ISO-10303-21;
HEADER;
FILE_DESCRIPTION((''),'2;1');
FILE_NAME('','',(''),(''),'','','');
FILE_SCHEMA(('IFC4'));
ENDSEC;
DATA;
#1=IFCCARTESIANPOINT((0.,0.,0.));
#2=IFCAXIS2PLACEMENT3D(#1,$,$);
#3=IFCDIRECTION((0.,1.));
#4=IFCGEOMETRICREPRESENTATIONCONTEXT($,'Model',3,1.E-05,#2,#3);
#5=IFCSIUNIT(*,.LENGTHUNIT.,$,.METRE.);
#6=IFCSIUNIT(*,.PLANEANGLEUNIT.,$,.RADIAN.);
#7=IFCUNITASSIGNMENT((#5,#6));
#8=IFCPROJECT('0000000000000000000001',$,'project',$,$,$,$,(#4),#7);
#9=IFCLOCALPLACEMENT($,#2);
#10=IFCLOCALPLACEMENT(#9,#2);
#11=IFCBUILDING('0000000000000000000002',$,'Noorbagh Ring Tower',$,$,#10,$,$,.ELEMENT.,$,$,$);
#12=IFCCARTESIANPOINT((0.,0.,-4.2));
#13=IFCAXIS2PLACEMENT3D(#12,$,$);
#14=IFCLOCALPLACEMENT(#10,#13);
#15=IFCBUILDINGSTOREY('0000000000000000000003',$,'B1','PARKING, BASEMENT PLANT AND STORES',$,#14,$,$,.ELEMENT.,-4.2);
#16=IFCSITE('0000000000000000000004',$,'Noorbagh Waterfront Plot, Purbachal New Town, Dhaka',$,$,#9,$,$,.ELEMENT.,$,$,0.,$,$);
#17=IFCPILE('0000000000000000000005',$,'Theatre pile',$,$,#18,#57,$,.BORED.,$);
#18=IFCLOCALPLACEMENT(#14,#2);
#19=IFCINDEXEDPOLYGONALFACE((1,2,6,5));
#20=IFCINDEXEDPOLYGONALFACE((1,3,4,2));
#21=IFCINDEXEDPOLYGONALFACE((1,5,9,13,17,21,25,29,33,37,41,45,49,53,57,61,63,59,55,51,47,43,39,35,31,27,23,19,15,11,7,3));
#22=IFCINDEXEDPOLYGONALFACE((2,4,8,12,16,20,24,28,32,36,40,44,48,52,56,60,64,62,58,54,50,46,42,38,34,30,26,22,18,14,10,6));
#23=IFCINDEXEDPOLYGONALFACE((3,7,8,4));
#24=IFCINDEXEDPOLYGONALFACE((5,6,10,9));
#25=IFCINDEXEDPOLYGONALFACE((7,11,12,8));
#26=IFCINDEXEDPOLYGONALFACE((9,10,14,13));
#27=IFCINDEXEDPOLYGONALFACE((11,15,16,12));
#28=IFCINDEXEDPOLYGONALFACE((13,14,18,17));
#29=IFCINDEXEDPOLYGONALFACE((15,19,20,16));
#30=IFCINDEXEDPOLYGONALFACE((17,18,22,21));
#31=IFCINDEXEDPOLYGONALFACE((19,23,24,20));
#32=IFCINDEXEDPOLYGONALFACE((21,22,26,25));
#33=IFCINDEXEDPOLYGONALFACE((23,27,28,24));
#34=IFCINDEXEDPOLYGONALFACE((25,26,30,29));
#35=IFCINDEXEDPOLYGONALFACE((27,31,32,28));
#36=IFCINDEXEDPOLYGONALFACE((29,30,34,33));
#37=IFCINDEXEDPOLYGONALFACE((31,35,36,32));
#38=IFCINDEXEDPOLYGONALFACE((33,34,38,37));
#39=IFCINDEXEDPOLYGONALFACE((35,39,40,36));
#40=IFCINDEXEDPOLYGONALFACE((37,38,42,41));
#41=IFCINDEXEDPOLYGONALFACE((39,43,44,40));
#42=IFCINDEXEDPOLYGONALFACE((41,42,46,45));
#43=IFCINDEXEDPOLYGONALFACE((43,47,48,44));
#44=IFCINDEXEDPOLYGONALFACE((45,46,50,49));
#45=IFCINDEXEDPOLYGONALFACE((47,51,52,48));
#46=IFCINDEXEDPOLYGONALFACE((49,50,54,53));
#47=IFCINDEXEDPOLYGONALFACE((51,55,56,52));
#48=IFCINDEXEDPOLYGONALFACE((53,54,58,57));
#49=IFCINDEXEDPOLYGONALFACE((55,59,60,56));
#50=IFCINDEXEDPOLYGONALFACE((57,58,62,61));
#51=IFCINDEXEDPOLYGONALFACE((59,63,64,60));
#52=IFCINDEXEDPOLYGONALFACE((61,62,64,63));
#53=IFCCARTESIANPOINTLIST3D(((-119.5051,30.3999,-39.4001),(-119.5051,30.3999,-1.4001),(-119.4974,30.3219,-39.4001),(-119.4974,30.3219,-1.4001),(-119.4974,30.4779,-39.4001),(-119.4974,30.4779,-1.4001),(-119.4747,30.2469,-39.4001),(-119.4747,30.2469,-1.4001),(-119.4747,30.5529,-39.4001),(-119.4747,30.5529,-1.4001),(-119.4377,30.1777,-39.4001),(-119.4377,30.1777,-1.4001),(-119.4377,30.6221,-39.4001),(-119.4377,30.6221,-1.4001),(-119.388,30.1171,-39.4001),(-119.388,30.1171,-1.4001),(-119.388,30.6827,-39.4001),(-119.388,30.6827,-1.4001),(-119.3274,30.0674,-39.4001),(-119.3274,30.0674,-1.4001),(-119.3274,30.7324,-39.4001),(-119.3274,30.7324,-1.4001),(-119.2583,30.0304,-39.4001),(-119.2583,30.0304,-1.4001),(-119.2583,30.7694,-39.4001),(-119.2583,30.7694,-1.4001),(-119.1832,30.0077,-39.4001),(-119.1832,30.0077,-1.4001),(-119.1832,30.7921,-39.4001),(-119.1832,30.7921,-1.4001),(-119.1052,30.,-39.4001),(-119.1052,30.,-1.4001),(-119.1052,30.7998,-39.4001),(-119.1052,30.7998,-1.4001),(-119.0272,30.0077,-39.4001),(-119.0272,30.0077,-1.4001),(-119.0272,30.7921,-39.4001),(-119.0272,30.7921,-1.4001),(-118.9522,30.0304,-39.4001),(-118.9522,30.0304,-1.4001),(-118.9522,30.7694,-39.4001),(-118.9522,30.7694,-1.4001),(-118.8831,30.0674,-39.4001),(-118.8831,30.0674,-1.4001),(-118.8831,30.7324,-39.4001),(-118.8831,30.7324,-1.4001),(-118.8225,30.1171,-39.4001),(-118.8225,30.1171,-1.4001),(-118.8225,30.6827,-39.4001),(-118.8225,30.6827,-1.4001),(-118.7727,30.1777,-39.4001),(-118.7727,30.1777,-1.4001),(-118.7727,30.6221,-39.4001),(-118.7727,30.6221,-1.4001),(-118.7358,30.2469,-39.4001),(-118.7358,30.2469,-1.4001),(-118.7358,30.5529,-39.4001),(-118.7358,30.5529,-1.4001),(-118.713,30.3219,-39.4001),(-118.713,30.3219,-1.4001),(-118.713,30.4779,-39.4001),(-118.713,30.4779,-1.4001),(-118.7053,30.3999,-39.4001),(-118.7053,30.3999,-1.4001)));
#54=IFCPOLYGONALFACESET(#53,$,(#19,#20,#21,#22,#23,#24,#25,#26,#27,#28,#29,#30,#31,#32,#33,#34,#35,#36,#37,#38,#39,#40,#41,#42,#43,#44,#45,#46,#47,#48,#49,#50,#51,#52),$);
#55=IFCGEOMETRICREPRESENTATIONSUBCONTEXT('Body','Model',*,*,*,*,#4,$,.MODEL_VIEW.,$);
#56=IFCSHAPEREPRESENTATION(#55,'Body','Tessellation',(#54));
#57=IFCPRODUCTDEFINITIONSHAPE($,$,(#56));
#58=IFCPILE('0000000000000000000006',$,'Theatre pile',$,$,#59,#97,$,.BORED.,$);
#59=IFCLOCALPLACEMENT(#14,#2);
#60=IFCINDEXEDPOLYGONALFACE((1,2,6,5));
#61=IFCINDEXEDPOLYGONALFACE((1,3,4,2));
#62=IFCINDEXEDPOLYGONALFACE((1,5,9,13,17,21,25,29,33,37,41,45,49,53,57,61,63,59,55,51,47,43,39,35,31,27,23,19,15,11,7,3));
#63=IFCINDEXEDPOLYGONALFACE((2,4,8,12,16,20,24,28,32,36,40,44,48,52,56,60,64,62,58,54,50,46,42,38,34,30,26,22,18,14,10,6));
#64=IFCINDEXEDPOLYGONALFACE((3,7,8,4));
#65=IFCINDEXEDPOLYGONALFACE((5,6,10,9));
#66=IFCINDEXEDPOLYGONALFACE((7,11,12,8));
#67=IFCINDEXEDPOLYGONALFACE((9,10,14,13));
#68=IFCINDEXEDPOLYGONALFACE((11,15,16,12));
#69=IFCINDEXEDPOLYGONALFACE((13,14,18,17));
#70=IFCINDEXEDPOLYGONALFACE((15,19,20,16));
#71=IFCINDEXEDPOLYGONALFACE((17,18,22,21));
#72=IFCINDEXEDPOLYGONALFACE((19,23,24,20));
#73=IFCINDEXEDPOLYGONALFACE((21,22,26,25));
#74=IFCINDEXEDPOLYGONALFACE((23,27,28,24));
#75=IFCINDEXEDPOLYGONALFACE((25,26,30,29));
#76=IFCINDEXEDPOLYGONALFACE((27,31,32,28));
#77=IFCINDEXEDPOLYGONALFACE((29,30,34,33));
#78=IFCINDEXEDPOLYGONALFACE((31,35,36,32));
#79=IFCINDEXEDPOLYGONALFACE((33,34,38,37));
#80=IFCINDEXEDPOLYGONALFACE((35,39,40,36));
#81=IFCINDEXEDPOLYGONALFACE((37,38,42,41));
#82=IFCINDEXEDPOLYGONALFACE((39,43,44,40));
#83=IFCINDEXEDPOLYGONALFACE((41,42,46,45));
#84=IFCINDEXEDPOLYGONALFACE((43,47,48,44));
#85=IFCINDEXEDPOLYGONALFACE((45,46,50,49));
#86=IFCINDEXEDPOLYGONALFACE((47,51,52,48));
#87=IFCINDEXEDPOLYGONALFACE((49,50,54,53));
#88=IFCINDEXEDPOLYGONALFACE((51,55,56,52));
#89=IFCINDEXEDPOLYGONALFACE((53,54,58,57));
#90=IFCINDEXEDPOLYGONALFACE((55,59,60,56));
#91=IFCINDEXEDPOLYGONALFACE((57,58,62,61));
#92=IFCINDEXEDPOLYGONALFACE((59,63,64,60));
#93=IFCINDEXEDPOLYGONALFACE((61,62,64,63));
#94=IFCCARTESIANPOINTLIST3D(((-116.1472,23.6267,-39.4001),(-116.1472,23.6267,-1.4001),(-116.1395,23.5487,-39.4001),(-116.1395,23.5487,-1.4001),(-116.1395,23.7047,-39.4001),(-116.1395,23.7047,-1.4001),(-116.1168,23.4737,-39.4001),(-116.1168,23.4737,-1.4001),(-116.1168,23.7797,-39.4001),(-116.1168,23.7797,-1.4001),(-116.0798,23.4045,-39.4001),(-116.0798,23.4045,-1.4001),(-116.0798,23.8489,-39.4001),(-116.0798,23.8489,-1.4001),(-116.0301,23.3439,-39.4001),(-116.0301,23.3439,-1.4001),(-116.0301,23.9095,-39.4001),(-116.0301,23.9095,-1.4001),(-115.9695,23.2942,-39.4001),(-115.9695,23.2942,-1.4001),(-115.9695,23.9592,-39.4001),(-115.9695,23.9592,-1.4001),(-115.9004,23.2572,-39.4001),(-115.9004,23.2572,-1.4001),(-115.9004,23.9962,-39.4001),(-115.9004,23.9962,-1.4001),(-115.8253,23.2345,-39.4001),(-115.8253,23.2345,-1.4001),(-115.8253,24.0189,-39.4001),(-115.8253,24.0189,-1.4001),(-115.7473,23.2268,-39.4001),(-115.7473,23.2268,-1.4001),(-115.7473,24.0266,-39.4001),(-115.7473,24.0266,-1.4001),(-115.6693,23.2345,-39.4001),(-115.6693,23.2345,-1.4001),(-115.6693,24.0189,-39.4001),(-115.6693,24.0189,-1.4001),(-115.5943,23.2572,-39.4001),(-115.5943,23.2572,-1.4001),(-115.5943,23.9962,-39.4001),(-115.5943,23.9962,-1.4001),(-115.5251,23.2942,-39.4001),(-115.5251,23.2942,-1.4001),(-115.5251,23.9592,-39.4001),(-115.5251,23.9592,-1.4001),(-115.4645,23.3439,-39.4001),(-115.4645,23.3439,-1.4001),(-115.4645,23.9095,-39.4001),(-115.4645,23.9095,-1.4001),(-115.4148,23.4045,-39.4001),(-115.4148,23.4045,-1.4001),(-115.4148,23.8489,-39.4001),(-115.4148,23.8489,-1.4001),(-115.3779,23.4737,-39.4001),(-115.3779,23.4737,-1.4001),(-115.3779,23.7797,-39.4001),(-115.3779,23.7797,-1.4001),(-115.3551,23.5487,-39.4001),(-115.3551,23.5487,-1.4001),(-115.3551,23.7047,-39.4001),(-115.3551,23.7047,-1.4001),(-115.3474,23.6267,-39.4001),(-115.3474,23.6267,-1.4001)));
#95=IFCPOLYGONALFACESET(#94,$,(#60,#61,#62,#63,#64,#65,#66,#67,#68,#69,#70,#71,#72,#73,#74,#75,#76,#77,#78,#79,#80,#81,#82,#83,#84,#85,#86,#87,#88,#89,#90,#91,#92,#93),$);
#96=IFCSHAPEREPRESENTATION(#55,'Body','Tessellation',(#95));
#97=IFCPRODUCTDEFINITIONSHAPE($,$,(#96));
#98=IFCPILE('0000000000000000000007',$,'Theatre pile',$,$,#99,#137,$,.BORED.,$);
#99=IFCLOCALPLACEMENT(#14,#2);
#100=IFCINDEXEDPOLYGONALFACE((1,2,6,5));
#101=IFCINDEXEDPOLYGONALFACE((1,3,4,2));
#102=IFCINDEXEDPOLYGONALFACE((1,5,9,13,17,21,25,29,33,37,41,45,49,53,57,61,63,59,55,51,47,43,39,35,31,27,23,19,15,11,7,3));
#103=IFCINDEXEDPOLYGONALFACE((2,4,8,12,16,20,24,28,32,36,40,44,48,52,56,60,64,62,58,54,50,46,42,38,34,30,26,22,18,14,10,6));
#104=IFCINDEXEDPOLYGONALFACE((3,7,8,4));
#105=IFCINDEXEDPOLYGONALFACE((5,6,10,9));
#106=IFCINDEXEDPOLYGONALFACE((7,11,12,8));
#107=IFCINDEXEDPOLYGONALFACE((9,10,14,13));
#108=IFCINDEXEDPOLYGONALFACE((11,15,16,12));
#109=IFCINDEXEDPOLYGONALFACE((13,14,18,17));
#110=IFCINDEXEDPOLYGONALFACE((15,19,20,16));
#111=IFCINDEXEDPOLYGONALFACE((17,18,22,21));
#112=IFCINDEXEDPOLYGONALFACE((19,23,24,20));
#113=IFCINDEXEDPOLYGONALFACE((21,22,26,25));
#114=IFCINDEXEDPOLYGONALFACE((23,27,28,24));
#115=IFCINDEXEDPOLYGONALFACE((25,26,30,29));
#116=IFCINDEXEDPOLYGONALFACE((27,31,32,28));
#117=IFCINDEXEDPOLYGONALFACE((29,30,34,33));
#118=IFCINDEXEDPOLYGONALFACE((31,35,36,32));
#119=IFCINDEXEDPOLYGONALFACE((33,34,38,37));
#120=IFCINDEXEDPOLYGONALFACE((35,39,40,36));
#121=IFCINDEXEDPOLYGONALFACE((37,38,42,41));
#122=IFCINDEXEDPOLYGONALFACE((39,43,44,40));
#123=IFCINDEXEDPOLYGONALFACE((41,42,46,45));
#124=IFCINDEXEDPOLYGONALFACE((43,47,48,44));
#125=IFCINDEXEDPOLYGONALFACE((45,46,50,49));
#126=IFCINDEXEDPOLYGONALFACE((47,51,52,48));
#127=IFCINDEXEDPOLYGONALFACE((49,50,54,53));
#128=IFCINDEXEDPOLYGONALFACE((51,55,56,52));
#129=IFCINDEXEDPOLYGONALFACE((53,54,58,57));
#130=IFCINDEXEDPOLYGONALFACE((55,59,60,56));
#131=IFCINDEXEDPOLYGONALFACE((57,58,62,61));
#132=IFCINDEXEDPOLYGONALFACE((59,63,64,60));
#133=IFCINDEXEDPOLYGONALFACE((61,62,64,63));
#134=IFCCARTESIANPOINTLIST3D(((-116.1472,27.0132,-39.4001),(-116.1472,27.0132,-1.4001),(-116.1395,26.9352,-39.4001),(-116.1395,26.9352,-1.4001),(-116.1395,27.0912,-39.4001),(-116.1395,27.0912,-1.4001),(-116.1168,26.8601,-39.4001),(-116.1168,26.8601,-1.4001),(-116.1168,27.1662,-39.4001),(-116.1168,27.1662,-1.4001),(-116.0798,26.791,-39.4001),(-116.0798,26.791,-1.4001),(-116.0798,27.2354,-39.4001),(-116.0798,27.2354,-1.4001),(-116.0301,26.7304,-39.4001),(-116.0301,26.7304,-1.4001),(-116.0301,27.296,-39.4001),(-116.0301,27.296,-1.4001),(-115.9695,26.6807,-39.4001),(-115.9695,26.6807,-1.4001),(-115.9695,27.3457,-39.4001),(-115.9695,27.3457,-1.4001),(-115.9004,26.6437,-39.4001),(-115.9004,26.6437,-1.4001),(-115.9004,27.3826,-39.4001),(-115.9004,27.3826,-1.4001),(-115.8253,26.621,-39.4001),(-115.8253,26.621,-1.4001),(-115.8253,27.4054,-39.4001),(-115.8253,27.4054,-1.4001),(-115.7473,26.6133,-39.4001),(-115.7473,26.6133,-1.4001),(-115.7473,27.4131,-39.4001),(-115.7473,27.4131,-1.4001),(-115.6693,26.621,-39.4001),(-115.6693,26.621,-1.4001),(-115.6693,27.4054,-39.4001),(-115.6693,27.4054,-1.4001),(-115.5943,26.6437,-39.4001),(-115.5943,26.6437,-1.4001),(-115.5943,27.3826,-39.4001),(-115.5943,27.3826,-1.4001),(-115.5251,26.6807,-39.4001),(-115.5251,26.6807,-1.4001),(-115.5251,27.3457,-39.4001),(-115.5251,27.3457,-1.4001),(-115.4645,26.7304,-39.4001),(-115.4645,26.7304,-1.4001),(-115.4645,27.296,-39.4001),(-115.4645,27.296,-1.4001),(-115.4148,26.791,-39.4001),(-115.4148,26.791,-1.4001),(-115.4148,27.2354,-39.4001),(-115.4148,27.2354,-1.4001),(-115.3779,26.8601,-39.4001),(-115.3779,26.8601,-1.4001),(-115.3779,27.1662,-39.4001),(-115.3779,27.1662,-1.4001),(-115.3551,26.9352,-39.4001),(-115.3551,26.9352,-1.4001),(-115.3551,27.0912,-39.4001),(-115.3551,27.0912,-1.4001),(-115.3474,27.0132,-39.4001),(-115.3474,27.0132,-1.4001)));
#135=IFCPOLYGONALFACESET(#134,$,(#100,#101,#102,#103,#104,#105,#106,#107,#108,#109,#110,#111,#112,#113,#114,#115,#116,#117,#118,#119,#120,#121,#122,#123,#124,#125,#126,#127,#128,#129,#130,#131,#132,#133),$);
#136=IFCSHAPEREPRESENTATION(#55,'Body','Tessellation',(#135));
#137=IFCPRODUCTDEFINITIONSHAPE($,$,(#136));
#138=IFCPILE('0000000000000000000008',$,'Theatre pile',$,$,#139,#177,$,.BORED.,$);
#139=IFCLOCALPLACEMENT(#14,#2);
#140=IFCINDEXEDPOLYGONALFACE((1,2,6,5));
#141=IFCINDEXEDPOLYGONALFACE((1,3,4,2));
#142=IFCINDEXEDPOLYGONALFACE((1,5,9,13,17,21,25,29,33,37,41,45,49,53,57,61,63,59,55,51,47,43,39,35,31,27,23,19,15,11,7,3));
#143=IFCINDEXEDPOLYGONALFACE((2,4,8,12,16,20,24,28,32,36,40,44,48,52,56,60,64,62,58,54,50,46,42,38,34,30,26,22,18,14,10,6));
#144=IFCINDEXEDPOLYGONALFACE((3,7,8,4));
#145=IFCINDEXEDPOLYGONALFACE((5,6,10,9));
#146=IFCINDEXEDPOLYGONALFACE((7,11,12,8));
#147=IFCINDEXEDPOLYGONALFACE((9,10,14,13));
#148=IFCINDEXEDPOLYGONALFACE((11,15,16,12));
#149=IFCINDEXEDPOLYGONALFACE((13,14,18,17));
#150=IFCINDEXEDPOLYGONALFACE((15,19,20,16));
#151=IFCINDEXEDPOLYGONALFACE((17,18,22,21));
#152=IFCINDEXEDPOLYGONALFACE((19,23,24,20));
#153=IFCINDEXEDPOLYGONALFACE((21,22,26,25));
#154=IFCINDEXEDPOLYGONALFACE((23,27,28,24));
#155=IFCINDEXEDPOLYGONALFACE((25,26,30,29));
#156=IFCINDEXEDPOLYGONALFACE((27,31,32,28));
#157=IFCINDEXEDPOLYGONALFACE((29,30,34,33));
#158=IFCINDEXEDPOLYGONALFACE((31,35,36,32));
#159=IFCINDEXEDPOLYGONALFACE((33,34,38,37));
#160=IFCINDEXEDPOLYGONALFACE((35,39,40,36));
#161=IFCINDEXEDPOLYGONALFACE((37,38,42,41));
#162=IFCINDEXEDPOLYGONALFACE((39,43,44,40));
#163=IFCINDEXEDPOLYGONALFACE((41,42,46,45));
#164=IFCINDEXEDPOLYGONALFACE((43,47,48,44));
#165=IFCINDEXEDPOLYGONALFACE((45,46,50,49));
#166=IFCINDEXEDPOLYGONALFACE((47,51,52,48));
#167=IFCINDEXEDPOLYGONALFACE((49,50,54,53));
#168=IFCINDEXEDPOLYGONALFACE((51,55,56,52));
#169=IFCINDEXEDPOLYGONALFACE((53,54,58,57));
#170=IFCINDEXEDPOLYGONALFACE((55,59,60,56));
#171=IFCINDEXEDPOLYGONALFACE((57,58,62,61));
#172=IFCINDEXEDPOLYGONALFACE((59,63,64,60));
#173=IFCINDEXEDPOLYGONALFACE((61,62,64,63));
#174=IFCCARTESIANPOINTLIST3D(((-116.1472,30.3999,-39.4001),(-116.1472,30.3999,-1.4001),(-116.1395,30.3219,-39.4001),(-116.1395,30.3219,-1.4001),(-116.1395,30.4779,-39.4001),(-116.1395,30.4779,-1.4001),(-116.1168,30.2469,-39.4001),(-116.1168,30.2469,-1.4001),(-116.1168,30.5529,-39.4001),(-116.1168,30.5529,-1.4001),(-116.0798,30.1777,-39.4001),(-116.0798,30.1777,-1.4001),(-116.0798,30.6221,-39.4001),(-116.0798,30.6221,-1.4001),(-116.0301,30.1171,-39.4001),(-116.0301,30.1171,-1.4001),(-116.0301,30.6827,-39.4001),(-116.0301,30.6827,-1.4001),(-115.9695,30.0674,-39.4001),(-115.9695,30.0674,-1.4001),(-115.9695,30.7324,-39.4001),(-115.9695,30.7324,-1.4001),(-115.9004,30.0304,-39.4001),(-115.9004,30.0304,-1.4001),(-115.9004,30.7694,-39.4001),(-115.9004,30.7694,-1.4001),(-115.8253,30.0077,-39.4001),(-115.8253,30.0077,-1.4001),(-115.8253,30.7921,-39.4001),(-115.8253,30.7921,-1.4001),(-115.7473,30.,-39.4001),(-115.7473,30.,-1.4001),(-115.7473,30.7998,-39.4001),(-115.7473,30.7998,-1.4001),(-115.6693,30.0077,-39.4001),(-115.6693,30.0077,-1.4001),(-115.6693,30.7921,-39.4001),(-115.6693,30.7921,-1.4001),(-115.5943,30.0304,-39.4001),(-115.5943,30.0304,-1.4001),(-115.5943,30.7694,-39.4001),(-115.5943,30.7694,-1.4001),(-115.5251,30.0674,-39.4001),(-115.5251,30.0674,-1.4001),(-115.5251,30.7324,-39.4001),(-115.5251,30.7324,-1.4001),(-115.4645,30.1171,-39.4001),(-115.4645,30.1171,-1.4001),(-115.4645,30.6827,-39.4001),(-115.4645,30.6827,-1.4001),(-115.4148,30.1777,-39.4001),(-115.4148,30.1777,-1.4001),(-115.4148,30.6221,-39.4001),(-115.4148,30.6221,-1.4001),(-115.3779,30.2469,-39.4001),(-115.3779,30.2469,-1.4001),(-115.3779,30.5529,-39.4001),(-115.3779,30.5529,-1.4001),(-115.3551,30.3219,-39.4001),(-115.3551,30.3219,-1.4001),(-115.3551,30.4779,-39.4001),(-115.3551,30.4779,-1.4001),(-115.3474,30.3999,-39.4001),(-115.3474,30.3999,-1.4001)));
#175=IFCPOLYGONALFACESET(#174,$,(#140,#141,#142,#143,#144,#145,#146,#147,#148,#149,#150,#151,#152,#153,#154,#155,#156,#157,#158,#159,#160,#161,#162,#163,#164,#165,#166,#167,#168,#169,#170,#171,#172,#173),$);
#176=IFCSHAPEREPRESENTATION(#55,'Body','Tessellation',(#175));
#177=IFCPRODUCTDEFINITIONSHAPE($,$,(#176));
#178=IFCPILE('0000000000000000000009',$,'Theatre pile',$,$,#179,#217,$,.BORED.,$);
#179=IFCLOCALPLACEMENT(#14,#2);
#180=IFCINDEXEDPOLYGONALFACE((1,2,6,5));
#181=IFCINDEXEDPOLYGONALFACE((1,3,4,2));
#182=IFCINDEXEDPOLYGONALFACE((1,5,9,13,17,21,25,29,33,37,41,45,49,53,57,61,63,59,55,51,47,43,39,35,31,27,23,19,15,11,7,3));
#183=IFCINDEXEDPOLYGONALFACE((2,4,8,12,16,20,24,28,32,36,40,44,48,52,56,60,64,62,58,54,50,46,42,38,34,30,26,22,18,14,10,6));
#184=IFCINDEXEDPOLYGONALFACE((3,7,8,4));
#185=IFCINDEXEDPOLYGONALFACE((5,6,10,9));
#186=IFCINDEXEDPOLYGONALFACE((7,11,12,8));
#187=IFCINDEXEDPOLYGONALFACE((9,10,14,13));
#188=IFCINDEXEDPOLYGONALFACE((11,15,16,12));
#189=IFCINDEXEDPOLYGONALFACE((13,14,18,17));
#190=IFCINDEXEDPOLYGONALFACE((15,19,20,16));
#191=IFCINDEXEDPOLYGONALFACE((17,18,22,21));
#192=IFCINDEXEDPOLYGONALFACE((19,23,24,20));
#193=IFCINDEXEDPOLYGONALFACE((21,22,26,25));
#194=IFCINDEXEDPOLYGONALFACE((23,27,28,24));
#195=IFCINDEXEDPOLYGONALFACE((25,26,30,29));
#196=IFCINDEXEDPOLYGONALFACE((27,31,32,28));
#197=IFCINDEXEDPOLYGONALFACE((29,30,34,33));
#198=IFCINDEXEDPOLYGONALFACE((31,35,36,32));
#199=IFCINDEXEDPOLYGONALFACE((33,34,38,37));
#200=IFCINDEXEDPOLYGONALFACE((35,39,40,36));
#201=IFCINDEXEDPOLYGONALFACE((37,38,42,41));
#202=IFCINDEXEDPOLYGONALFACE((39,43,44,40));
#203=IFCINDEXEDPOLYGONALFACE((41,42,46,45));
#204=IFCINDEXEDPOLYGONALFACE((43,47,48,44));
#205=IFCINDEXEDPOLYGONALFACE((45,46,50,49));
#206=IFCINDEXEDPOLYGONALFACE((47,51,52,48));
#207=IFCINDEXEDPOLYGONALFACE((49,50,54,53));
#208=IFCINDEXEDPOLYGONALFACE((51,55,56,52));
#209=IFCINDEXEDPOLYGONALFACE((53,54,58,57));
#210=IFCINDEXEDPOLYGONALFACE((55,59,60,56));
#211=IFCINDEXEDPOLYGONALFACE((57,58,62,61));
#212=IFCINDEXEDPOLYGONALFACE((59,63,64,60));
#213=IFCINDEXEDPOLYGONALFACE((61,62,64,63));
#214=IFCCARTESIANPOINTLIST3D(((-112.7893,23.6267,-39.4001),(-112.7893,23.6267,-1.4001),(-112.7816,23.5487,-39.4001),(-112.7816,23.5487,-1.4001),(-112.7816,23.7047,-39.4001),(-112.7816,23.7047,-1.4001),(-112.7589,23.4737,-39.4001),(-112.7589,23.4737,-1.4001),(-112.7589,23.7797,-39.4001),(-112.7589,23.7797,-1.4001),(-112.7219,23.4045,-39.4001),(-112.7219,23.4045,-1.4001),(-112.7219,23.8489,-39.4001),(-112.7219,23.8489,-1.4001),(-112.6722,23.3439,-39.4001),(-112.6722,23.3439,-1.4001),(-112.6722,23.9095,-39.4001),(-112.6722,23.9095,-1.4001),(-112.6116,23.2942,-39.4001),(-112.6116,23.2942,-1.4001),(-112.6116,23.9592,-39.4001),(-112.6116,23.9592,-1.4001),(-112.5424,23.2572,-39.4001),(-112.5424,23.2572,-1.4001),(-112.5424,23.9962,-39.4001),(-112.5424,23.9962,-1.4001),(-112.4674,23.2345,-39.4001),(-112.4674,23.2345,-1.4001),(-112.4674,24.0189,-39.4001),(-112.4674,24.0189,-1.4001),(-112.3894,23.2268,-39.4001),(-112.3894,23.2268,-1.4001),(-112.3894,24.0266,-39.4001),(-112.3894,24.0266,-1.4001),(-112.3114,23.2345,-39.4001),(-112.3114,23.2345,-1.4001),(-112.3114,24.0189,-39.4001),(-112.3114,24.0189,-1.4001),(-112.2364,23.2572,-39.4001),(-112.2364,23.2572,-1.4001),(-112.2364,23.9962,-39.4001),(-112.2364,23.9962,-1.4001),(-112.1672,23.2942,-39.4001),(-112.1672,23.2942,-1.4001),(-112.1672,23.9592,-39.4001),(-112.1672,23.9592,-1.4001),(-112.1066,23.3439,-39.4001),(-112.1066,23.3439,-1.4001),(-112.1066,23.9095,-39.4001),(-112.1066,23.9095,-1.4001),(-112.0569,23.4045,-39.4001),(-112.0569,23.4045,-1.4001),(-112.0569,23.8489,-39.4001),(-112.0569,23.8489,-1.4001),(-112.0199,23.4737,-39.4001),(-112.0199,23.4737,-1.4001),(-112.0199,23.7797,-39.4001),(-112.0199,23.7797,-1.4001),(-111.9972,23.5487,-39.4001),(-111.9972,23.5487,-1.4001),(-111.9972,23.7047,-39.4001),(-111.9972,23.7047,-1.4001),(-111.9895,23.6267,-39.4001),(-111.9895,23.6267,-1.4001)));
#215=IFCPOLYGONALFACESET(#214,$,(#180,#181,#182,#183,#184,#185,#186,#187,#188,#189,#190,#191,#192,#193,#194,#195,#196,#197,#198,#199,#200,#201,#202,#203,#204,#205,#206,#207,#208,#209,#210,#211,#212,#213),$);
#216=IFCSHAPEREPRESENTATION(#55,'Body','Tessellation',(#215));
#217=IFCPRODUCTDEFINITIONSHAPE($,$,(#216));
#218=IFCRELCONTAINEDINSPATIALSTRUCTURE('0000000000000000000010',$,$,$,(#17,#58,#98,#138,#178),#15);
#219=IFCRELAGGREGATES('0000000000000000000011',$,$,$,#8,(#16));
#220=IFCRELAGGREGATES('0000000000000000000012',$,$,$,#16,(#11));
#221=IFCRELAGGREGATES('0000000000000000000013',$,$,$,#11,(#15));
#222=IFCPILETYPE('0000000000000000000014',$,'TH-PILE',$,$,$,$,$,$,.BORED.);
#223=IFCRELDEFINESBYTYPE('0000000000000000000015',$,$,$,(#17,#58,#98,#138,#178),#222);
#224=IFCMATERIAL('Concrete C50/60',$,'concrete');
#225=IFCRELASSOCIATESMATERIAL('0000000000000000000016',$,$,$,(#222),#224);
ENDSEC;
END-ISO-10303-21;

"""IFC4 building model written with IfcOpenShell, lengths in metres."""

from ifc_helpers import new_model, si_unit, direction, frame, origin, origin_2d, place, context, subcontext, project, spatial, circle, extrude, material, material_profile, profile_set, type_object, element, save


model = new_model("IFC4")

# Units and contexts
model_context = context("Model", 3, precision=1e-05, world=origin(), true_north=direction((0.0, 1.0)))
body_context = subcontext(model_context, "Body", "Model", "MODEL_VIEW")
ifc_project = project(units=[si_unit("LENGTHUNIT", "METRE"), si_unit("PLANEANGLEUNIT", "RADIAN")], contexts=[model_context])

# Site, building, storey
site_placement = place(None, origin())
site = spatial("IfcSite", under=ifc_project, at=site_placement, Name="Noorbagh Waterfront Plot, Purbachal New Town, Dhaka", CompositionType="ELEMENT", RefElevation=0.0)
building_placement = place(site_placement, origin())
building = spatial("IfcBuilding", under=site, at=building_placement, Name="Noorbagh Ring Tower", CompositionType="ELEMENT")
storey_placement = place(building_placement, frame((0.0, 0.0, -4.2)))
storey = spatial("IfcBuildingStorey", under=building, at=storey_placement, Name="B1", Description="PARKING, BASEMENT PLANT AND STORES", CompositionType="ELEMENT", Elevation=-4.2)

# Piles
ifc_material_1 = material(Name="Concrete C50/60", Category="concrete")
ifc_material_profile = material_profile(ifc_material_1, circle(Radius=0.3999, at=origin_2d()), Name="PILE800")
ifc_profile_set = profile_set([ifc_material_profile], Name="Concrete C50/60")
pile_type = type_object("IfcPileType", Name="TH-PILE", PredefinedType="BORED", material=ifc_profile_set)
for number, where, z_axis, x_axis, name in (
    (1, (-119.1052, 30.3999, -1.4001), (0.0, 0.0, -1.0), (1.0, 0.0, 0.0), "Theatre pile"),
    (2, (-115.7473, 23.6267, -1.4001), (0.0, 0.0, -1.0), (1.0, 0.0, 0.0), "Theatre pile"),
    (3, (-115.7473, 27.0132, -1.4001), (0.0, 0.0, -1.0), (1.0, 0.0, 0.0), "Theatre pile"),
    (4, (-115.7473, 30.3999, -1.4001), (0.0, 0.0, -1.0), (1.0, 0.0, 0.0), "Theatre pile"),
    (5, (-112.3894, 23.6267, -1.4001), (0.0, 0.0, -1.0), (1.0, 0.0, 0.0), "Theatre pile"),
):
    element("IfcPile", number, at=place(storey_placement, frame(where, z_axis=z_axis, x_axis=x_axis)), inside=storey, type_object=pile_type, Name=name, PredefinedType="BORED", context=body_context, shape_type="SweptSolid", body=[
        extrude(circle(Radius=0.3999, at=origin_2d()), origin(), (0.0, 0.0, 1.0), 38.0),
    ])

save(model, "model.ifc")
